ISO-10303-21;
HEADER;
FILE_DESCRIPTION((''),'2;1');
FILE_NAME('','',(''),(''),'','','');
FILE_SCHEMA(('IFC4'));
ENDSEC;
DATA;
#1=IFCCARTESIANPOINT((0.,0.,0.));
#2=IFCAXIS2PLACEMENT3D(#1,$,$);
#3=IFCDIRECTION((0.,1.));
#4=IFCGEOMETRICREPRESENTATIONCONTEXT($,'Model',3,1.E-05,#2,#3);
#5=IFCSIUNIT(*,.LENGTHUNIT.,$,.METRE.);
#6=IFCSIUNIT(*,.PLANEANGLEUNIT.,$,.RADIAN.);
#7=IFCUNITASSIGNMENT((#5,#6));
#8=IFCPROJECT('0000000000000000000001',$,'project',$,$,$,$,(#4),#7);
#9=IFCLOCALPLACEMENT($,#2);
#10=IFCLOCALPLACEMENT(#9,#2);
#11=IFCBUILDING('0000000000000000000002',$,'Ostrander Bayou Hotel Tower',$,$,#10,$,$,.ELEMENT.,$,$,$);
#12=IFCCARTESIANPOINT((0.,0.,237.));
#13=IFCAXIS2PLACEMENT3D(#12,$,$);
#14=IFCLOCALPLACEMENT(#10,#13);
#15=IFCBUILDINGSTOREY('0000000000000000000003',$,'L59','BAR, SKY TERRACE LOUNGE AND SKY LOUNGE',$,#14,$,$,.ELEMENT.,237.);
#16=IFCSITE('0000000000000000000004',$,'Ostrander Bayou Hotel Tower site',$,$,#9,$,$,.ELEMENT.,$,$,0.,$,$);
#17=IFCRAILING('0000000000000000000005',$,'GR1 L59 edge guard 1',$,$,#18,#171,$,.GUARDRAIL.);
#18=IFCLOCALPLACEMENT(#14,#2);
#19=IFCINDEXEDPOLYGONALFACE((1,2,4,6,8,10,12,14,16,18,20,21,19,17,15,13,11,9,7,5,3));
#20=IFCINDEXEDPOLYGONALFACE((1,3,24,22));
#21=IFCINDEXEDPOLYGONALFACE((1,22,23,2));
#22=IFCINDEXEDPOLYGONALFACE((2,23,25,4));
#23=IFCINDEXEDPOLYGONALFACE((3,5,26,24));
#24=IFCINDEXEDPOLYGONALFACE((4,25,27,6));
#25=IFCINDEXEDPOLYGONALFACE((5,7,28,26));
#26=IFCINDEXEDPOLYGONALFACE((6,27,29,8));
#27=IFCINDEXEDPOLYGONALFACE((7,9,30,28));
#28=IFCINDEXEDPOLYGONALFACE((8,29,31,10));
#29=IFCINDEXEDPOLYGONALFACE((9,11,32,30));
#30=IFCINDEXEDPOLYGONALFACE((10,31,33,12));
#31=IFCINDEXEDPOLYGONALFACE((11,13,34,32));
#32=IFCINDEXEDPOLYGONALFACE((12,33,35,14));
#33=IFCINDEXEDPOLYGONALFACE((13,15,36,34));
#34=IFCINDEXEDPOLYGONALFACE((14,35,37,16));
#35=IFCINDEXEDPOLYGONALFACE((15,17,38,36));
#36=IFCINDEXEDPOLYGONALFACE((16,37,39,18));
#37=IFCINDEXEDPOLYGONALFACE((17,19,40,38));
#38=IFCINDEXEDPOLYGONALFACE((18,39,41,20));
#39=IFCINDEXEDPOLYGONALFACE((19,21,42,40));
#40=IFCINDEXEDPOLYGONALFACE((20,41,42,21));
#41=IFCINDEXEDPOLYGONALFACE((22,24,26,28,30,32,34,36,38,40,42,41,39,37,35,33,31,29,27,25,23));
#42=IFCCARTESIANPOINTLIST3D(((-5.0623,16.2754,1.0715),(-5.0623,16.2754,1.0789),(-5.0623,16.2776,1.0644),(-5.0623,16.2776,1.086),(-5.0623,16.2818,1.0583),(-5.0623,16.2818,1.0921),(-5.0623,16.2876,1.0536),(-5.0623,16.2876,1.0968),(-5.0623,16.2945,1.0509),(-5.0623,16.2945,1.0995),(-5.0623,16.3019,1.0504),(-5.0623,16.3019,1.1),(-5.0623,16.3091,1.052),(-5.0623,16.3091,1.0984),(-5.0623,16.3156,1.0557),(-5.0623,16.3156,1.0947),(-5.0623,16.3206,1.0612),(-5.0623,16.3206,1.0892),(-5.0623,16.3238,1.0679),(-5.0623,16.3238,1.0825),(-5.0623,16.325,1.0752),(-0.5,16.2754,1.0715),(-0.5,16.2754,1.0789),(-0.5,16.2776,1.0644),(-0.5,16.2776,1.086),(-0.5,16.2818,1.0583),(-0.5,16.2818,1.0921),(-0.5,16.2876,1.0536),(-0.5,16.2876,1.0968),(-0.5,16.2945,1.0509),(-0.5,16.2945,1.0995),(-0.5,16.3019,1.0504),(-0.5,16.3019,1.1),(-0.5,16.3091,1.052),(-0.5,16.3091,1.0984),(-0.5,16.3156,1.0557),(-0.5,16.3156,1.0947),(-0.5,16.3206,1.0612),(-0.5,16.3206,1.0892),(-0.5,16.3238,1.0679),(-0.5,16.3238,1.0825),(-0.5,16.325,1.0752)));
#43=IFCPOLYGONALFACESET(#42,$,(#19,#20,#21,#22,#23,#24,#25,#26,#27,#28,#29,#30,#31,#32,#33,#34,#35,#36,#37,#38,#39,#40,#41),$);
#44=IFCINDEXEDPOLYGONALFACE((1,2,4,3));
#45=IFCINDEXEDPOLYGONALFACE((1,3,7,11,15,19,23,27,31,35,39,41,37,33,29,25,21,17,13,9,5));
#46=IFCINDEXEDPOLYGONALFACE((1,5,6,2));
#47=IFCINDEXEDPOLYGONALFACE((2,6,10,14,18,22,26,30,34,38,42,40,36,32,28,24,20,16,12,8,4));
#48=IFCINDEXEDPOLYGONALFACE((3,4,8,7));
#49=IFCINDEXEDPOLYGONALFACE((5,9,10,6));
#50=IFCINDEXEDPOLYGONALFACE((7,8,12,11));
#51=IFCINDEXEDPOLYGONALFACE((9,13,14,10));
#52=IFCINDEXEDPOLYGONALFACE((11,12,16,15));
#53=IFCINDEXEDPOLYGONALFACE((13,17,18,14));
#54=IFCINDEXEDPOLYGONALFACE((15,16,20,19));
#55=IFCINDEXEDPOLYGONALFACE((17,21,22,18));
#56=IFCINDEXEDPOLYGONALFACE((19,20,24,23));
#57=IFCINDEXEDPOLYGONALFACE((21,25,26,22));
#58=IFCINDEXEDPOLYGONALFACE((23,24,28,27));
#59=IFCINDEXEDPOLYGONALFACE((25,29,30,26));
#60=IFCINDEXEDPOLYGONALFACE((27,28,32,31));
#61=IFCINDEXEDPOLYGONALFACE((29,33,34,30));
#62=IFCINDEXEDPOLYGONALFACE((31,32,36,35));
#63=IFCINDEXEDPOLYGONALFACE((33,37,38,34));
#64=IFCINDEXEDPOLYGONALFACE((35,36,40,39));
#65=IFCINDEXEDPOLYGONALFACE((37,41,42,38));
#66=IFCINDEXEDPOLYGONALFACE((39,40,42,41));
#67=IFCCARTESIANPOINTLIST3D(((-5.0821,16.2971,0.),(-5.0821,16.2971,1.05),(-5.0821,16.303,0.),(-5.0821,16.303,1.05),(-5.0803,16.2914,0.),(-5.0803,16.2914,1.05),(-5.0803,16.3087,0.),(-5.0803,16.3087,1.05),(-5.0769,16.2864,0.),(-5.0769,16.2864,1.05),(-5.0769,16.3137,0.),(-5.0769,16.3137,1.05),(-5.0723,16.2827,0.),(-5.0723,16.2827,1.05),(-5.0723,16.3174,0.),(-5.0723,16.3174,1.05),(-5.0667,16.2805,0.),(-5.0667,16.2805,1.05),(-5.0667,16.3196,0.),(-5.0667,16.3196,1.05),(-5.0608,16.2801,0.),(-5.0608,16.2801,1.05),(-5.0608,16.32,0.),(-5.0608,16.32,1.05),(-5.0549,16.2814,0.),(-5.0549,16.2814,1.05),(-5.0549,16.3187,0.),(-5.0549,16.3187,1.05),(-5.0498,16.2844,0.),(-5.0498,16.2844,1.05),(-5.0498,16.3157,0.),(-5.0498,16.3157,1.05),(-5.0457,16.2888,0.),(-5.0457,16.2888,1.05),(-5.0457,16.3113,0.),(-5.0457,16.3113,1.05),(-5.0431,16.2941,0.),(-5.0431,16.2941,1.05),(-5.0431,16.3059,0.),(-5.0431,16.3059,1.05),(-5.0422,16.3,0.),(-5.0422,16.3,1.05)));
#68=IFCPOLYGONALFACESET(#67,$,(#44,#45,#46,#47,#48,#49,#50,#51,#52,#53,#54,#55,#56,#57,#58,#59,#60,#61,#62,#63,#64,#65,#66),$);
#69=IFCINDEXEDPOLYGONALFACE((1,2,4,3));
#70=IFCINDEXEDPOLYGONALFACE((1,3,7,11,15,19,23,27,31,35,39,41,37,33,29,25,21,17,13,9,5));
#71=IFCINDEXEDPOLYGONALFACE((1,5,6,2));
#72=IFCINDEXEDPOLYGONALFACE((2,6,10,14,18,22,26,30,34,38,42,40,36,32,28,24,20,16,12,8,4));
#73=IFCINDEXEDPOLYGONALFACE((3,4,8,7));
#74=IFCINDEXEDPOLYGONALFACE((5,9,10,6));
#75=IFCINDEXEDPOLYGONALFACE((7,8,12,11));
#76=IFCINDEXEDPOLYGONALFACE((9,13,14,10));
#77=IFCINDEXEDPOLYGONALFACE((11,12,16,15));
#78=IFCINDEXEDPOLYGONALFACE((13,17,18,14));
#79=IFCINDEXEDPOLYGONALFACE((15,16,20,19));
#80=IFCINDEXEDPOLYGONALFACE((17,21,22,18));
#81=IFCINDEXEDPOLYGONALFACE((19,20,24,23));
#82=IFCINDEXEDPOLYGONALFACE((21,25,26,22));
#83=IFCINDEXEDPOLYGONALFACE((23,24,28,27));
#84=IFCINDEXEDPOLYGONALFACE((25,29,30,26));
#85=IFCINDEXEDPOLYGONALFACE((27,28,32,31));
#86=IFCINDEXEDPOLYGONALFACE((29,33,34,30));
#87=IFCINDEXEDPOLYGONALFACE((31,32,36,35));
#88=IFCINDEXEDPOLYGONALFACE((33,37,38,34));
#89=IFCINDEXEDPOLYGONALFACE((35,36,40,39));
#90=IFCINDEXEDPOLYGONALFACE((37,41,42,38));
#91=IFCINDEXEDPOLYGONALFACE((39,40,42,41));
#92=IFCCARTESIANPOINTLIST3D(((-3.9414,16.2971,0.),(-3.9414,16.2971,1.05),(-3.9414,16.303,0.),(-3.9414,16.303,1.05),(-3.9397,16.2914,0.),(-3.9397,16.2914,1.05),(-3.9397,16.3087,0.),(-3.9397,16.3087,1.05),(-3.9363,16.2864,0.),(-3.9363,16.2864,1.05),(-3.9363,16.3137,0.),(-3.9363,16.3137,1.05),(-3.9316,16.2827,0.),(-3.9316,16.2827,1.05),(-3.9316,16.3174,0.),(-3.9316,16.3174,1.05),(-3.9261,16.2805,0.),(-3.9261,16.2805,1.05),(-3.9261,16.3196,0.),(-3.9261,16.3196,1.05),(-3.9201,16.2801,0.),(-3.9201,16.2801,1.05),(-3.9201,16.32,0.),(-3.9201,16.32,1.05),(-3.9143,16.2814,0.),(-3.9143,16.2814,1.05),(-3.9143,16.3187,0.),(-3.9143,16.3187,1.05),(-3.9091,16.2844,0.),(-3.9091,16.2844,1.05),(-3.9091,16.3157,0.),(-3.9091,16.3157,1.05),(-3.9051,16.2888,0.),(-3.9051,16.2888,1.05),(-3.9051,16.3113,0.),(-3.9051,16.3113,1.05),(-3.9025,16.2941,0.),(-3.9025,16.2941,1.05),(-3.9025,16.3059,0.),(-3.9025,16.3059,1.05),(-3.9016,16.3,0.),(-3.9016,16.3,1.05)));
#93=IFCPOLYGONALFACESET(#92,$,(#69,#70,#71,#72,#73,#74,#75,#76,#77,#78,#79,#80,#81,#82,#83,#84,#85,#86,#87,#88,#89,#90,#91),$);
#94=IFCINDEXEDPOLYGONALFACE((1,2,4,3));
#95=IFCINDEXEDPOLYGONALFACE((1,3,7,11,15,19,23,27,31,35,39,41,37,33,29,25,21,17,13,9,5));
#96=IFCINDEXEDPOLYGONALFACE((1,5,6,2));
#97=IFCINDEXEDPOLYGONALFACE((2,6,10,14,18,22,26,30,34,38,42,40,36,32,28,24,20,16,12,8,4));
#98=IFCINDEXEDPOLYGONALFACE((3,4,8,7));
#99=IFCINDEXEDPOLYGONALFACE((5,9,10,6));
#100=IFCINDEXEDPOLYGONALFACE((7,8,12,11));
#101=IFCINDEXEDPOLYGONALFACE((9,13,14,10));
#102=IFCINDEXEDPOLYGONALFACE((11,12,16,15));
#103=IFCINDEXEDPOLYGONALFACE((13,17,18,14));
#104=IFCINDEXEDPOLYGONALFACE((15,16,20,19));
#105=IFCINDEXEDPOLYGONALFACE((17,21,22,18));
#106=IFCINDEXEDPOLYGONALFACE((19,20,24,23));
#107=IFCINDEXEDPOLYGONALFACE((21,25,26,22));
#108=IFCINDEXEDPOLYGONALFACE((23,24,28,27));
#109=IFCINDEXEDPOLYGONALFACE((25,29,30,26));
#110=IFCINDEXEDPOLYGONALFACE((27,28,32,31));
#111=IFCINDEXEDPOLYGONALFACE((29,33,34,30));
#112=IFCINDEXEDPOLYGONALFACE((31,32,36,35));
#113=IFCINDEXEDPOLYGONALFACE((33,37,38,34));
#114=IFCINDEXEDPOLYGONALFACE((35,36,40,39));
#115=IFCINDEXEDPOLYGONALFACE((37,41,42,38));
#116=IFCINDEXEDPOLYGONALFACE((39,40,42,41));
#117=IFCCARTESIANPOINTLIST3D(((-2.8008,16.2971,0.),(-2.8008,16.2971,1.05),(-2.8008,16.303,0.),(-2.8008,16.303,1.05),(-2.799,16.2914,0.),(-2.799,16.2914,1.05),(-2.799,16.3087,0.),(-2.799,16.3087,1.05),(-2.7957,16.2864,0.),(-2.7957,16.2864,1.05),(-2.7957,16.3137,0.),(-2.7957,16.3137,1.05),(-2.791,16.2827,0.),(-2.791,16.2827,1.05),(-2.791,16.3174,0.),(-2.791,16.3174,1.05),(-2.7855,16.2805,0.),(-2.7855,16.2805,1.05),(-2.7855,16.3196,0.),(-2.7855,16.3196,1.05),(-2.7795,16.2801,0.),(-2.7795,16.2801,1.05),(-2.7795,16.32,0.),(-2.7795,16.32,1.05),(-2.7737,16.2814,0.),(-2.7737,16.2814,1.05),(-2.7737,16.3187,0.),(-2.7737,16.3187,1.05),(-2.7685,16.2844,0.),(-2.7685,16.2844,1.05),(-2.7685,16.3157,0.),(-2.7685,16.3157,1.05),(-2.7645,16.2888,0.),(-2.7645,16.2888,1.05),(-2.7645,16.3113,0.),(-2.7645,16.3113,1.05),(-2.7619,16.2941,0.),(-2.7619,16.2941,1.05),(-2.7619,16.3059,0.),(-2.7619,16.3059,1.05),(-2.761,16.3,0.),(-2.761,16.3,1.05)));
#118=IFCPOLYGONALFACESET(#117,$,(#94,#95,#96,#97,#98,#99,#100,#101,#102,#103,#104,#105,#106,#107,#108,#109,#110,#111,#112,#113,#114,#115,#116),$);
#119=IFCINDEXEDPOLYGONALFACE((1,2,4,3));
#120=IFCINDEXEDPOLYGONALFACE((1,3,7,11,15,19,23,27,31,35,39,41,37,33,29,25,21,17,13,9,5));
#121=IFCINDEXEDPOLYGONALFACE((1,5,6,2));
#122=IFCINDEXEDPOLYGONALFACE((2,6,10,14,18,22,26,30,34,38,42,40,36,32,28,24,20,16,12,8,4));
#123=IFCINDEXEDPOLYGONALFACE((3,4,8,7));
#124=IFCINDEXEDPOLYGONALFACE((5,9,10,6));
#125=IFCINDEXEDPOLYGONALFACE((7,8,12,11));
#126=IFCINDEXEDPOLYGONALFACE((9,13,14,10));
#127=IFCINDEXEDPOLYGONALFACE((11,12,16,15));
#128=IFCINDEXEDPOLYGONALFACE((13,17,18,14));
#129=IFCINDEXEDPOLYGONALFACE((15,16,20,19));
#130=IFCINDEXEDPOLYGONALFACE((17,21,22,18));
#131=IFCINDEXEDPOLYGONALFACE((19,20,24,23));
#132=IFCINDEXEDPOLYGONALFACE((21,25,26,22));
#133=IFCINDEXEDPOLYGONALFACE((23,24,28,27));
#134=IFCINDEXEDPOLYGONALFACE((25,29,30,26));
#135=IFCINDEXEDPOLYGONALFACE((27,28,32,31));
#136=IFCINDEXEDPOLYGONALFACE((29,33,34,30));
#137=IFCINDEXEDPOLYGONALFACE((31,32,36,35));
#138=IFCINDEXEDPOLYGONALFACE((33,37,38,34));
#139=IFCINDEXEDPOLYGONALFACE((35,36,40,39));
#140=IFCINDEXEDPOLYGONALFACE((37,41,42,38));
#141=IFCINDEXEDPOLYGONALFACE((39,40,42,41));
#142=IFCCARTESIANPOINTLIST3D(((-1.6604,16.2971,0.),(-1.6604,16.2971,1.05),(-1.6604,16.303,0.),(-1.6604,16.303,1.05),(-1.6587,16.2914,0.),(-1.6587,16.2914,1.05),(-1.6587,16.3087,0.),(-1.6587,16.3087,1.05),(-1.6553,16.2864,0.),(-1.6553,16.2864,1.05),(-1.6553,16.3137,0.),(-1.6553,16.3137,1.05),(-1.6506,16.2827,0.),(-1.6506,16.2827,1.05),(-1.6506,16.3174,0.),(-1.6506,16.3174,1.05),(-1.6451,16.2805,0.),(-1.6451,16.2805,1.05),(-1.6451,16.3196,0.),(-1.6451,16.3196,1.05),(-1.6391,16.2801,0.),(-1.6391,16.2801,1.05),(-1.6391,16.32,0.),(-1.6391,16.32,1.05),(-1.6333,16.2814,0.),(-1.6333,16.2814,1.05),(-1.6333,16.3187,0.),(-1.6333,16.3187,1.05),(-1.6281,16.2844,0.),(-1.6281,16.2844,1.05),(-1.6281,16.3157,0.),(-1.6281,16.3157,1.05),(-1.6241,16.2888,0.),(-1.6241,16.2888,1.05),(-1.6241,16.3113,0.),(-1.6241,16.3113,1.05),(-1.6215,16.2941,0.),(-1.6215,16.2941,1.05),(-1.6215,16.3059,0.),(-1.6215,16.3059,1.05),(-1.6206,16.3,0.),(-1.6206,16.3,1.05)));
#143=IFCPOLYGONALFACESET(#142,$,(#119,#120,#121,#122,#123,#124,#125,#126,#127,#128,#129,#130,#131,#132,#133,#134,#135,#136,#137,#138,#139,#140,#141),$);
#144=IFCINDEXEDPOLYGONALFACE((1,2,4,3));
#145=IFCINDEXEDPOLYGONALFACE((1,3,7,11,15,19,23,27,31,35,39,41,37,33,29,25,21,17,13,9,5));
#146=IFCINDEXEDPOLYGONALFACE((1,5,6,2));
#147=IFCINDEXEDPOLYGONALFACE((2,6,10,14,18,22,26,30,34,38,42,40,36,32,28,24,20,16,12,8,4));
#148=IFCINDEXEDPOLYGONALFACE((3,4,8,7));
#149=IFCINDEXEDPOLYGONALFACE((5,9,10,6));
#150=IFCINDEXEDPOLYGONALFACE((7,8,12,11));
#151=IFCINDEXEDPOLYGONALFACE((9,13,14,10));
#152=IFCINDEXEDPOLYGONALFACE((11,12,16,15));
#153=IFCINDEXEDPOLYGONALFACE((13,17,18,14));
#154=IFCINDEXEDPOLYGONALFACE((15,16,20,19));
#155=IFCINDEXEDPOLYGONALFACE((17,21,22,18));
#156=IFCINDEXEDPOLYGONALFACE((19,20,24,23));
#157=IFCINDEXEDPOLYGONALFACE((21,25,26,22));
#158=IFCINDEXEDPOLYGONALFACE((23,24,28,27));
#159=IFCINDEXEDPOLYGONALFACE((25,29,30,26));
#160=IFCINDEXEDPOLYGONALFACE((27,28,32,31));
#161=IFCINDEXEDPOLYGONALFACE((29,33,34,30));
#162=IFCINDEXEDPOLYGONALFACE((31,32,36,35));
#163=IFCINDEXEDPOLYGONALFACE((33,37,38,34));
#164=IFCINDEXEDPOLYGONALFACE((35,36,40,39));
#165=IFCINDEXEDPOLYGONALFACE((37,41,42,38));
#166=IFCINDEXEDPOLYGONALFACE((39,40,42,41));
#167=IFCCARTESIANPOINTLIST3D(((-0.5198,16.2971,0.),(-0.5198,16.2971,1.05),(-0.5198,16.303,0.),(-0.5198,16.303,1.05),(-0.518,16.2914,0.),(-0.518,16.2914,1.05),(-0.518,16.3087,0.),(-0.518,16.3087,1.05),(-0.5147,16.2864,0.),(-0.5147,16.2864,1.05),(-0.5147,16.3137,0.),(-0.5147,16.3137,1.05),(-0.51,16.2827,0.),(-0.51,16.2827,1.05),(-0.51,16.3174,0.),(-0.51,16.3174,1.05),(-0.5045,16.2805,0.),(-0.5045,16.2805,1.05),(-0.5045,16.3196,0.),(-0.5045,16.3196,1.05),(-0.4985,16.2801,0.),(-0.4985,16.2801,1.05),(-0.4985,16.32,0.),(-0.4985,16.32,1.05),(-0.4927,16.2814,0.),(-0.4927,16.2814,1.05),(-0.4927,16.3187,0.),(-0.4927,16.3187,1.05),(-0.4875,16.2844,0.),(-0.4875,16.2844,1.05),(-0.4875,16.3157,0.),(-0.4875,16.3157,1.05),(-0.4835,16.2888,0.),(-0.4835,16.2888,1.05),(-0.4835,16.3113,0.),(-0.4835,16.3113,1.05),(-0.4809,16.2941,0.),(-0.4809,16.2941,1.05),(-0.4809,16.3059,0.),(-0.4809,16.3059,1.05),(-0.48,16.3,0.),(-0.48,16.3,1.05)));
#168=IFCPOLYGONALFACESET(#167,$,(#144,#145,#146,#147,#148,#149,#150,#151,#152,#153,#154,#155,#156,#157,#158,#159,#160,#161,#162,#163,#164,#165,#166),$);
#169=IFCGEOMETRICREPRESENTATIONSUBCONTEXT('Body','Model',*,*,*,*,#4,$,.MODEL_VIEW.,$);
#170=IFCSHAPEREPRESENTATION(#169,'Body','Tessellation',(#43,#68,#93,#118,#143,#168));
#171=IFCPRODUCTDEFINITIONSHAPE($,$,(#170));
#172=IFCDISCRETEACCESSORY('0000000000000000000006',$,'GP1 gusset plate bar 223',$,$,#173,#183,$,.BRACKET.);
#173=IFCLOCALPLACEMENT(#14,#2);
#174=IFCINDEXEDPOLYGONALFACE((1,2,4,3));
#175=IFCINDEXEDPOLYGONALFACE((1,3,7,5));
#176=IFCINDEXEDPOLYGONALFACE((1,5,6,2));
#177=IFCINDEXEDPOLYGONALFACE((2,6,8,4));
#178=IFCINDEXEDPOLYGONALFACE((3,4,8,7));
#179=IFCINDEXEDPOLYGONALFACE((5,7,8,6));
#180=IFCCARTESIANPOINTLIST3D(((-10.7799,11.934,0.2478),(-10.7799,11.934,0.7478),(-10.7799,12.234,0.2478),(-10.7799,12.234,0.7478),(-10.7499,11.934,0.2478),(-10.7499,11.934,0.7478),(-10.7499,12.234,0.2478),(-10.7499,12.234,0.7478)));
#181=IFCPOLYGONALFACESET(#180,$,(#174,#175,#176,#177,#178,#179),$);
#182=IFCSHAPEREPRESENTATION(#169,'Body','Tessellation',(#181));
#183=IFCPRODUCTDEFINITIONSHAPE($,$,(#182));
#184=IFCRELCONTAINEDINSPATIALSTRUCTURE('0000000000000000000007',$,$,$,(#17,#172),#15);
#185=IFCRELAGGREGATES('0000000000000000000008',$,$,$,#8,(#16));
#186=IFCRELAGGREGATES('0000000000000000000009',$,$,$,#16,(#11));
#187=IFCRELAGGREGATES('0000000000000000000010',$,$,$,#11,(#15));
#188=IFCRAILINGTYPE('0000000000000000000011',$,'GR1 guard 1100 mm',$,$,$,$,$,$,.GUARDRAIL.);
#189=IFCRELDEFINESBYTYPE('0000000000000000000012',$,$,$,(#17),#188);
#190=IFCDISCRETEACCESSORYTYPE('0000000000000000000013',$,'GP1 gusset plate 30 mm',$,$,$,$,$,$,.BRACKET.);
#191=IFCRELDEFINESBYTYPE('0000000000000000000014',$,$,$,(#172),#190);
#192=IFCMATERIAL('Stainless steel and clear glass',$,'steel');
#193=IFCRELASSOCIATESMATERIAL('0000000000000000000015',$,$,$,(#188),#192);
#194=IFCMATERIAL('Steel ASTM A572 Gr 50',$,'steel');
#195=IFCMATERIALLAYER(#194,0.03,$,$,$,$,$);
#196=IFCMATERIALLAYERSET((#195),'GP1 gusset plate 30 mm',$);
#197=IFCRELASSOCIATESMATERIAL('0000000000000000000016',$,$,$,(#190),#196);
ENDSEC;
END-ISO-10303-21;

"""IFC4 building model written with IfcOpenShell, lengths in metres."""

from ifc_helpers import new_model, si_unit, direction, frame, origin, origin_2d, place, context, subcontext, project, spatial, rectangle, circle, extrude, material, layer, layer_set, type_object, element, save


model = new_model("IFC4")

# Units and contexts
model_context = context("Model", 3, precision=1e-05, world=origin(), true_north=direction((0.0, 1.0)))
body_context = subcontext(model_context, "Body", "Model", "MODEL_VIEW")
ifc_project = project(units=[si_unit("LENGTHUNIT", "METRE"), si_unit("PLANEANGLEUNIT", "RADIAN")], contexts=[model_context])

# Site, building, storey
site_placement = place(None, origin())
site = spatial("IfcSite", under=ifc_project, at=site_placement, Name="Ostrander Bayou Hotel Tower site", CompositionType="ELEMENT", RefElevation=0.0)
building_placement = place(site_placement, origin())
building = spatial("IfcBuilding", under=site, at=building_placement, Name="Ostrander Bayou Hotel Tower", CompositionType="ELEMENT")
storey_placement = place(building_placement, frame((0.0, 0.0, 237.0)))
storey = spatial("IfcBuildingStorey", under=building, at=storey_placement, Name="L59", Description="BAR, SKY TERRACE LOUNGE AND SKY LOUNGE", CompositionType="ELEMENT", Elevation=237.0)

# Railing
ifc_material_1 = material(Name="Stainless steel and clear glass", Category="steel")
railing_type = type_object("IfcRailingType", Name="GR1 guard 1100 mm", PredefinedType="GUARDRAIL", material=ifc_material_1)
railing_1_placement = place(storey_placement, frame((-5.0623, 16.3, 0.0)))
element("IfcRailing", 1, at=railing_1_placement, inside=storey, type_object=railing_type, Name="GR1 L59 edge guard 1", PredefinedType="GUARDRAIL", context=body_context, shape_type="SweptSolid", body=[
    extrude(circle(Radius=0.0249, at=origin_2d()), frame((0.0, 0.0, 1.0752), z_axis=(1.0, 0.0, 0.0), x_axis=(0.0, 1.0, 0.0)), (0.0, 0.0, 1.0), 4.5623),
    extrude(circle(Radius=0.02, at=origin_2d()), origin(), (0.0, 0.0, 1.0), 1.05),
    extrude(circle(Radius=0.02, at=origin_2d()), frame((1.1406, 0.0, 0.0)), (0.0, 0.0, 1.0), 1.05),
    extrude(circle(Radius=0.02, at=origin_2d()), frame((2.2812, 0.0, 0.0)), (0.0, 0.0, 1.0), 1.05),
    extrude(circle(Radius=0.02, at=origin_2d()), frame((3.4216, 0.0, 0.0)), (0.0, 0.0, 1.0), 1.05),
    extrude(circle(Radius=0.02, at=origin_2d()), frame((4.5623, 0.0, 0.0)), (0.0, 0.0, 1.0), 1.05),
])

# Discrete accessory
ifc_material_2 = material(Name="Steel ASTM A572 Gr 50", Category="steel")
ifc_layer_1 = layer(ifc_material_2, 0.03)
ifc_layer_set_1 = layer_set([ifc_layer_1], Name="GP1 gusset plate 30 mm")
discrete_accessory_type = type_object("IfcDiscreteAccessoryType", Name="GP1 gusset plate 30 mm", PredefinedType="BRACKET", material=ifc_layer_set_1)
discrete_accessory_placement = place(storey_placement, frame((-10.7649, 12.084, 0.2478), z_axis=(0.0, 0.0, 1.0), x_axis=(0.0, -1.0, 0.0)))
element("IfcDiscreteAccessory", 2, at=discrete_accessory_placement, inside=storey, type_object=discrete_accessory_type, Name="GP1 gusset plate bar 223", PredefinedType="BRACKET", context=body_context, shape_type="SweptSolid", body=[
    extrude(rectangle(XDim=0.3, YDim=0.03, at=origin_2d()), origin(), (0.0, 0.0, 1.0), 0.5),
])

save(model, "model.ifc")
